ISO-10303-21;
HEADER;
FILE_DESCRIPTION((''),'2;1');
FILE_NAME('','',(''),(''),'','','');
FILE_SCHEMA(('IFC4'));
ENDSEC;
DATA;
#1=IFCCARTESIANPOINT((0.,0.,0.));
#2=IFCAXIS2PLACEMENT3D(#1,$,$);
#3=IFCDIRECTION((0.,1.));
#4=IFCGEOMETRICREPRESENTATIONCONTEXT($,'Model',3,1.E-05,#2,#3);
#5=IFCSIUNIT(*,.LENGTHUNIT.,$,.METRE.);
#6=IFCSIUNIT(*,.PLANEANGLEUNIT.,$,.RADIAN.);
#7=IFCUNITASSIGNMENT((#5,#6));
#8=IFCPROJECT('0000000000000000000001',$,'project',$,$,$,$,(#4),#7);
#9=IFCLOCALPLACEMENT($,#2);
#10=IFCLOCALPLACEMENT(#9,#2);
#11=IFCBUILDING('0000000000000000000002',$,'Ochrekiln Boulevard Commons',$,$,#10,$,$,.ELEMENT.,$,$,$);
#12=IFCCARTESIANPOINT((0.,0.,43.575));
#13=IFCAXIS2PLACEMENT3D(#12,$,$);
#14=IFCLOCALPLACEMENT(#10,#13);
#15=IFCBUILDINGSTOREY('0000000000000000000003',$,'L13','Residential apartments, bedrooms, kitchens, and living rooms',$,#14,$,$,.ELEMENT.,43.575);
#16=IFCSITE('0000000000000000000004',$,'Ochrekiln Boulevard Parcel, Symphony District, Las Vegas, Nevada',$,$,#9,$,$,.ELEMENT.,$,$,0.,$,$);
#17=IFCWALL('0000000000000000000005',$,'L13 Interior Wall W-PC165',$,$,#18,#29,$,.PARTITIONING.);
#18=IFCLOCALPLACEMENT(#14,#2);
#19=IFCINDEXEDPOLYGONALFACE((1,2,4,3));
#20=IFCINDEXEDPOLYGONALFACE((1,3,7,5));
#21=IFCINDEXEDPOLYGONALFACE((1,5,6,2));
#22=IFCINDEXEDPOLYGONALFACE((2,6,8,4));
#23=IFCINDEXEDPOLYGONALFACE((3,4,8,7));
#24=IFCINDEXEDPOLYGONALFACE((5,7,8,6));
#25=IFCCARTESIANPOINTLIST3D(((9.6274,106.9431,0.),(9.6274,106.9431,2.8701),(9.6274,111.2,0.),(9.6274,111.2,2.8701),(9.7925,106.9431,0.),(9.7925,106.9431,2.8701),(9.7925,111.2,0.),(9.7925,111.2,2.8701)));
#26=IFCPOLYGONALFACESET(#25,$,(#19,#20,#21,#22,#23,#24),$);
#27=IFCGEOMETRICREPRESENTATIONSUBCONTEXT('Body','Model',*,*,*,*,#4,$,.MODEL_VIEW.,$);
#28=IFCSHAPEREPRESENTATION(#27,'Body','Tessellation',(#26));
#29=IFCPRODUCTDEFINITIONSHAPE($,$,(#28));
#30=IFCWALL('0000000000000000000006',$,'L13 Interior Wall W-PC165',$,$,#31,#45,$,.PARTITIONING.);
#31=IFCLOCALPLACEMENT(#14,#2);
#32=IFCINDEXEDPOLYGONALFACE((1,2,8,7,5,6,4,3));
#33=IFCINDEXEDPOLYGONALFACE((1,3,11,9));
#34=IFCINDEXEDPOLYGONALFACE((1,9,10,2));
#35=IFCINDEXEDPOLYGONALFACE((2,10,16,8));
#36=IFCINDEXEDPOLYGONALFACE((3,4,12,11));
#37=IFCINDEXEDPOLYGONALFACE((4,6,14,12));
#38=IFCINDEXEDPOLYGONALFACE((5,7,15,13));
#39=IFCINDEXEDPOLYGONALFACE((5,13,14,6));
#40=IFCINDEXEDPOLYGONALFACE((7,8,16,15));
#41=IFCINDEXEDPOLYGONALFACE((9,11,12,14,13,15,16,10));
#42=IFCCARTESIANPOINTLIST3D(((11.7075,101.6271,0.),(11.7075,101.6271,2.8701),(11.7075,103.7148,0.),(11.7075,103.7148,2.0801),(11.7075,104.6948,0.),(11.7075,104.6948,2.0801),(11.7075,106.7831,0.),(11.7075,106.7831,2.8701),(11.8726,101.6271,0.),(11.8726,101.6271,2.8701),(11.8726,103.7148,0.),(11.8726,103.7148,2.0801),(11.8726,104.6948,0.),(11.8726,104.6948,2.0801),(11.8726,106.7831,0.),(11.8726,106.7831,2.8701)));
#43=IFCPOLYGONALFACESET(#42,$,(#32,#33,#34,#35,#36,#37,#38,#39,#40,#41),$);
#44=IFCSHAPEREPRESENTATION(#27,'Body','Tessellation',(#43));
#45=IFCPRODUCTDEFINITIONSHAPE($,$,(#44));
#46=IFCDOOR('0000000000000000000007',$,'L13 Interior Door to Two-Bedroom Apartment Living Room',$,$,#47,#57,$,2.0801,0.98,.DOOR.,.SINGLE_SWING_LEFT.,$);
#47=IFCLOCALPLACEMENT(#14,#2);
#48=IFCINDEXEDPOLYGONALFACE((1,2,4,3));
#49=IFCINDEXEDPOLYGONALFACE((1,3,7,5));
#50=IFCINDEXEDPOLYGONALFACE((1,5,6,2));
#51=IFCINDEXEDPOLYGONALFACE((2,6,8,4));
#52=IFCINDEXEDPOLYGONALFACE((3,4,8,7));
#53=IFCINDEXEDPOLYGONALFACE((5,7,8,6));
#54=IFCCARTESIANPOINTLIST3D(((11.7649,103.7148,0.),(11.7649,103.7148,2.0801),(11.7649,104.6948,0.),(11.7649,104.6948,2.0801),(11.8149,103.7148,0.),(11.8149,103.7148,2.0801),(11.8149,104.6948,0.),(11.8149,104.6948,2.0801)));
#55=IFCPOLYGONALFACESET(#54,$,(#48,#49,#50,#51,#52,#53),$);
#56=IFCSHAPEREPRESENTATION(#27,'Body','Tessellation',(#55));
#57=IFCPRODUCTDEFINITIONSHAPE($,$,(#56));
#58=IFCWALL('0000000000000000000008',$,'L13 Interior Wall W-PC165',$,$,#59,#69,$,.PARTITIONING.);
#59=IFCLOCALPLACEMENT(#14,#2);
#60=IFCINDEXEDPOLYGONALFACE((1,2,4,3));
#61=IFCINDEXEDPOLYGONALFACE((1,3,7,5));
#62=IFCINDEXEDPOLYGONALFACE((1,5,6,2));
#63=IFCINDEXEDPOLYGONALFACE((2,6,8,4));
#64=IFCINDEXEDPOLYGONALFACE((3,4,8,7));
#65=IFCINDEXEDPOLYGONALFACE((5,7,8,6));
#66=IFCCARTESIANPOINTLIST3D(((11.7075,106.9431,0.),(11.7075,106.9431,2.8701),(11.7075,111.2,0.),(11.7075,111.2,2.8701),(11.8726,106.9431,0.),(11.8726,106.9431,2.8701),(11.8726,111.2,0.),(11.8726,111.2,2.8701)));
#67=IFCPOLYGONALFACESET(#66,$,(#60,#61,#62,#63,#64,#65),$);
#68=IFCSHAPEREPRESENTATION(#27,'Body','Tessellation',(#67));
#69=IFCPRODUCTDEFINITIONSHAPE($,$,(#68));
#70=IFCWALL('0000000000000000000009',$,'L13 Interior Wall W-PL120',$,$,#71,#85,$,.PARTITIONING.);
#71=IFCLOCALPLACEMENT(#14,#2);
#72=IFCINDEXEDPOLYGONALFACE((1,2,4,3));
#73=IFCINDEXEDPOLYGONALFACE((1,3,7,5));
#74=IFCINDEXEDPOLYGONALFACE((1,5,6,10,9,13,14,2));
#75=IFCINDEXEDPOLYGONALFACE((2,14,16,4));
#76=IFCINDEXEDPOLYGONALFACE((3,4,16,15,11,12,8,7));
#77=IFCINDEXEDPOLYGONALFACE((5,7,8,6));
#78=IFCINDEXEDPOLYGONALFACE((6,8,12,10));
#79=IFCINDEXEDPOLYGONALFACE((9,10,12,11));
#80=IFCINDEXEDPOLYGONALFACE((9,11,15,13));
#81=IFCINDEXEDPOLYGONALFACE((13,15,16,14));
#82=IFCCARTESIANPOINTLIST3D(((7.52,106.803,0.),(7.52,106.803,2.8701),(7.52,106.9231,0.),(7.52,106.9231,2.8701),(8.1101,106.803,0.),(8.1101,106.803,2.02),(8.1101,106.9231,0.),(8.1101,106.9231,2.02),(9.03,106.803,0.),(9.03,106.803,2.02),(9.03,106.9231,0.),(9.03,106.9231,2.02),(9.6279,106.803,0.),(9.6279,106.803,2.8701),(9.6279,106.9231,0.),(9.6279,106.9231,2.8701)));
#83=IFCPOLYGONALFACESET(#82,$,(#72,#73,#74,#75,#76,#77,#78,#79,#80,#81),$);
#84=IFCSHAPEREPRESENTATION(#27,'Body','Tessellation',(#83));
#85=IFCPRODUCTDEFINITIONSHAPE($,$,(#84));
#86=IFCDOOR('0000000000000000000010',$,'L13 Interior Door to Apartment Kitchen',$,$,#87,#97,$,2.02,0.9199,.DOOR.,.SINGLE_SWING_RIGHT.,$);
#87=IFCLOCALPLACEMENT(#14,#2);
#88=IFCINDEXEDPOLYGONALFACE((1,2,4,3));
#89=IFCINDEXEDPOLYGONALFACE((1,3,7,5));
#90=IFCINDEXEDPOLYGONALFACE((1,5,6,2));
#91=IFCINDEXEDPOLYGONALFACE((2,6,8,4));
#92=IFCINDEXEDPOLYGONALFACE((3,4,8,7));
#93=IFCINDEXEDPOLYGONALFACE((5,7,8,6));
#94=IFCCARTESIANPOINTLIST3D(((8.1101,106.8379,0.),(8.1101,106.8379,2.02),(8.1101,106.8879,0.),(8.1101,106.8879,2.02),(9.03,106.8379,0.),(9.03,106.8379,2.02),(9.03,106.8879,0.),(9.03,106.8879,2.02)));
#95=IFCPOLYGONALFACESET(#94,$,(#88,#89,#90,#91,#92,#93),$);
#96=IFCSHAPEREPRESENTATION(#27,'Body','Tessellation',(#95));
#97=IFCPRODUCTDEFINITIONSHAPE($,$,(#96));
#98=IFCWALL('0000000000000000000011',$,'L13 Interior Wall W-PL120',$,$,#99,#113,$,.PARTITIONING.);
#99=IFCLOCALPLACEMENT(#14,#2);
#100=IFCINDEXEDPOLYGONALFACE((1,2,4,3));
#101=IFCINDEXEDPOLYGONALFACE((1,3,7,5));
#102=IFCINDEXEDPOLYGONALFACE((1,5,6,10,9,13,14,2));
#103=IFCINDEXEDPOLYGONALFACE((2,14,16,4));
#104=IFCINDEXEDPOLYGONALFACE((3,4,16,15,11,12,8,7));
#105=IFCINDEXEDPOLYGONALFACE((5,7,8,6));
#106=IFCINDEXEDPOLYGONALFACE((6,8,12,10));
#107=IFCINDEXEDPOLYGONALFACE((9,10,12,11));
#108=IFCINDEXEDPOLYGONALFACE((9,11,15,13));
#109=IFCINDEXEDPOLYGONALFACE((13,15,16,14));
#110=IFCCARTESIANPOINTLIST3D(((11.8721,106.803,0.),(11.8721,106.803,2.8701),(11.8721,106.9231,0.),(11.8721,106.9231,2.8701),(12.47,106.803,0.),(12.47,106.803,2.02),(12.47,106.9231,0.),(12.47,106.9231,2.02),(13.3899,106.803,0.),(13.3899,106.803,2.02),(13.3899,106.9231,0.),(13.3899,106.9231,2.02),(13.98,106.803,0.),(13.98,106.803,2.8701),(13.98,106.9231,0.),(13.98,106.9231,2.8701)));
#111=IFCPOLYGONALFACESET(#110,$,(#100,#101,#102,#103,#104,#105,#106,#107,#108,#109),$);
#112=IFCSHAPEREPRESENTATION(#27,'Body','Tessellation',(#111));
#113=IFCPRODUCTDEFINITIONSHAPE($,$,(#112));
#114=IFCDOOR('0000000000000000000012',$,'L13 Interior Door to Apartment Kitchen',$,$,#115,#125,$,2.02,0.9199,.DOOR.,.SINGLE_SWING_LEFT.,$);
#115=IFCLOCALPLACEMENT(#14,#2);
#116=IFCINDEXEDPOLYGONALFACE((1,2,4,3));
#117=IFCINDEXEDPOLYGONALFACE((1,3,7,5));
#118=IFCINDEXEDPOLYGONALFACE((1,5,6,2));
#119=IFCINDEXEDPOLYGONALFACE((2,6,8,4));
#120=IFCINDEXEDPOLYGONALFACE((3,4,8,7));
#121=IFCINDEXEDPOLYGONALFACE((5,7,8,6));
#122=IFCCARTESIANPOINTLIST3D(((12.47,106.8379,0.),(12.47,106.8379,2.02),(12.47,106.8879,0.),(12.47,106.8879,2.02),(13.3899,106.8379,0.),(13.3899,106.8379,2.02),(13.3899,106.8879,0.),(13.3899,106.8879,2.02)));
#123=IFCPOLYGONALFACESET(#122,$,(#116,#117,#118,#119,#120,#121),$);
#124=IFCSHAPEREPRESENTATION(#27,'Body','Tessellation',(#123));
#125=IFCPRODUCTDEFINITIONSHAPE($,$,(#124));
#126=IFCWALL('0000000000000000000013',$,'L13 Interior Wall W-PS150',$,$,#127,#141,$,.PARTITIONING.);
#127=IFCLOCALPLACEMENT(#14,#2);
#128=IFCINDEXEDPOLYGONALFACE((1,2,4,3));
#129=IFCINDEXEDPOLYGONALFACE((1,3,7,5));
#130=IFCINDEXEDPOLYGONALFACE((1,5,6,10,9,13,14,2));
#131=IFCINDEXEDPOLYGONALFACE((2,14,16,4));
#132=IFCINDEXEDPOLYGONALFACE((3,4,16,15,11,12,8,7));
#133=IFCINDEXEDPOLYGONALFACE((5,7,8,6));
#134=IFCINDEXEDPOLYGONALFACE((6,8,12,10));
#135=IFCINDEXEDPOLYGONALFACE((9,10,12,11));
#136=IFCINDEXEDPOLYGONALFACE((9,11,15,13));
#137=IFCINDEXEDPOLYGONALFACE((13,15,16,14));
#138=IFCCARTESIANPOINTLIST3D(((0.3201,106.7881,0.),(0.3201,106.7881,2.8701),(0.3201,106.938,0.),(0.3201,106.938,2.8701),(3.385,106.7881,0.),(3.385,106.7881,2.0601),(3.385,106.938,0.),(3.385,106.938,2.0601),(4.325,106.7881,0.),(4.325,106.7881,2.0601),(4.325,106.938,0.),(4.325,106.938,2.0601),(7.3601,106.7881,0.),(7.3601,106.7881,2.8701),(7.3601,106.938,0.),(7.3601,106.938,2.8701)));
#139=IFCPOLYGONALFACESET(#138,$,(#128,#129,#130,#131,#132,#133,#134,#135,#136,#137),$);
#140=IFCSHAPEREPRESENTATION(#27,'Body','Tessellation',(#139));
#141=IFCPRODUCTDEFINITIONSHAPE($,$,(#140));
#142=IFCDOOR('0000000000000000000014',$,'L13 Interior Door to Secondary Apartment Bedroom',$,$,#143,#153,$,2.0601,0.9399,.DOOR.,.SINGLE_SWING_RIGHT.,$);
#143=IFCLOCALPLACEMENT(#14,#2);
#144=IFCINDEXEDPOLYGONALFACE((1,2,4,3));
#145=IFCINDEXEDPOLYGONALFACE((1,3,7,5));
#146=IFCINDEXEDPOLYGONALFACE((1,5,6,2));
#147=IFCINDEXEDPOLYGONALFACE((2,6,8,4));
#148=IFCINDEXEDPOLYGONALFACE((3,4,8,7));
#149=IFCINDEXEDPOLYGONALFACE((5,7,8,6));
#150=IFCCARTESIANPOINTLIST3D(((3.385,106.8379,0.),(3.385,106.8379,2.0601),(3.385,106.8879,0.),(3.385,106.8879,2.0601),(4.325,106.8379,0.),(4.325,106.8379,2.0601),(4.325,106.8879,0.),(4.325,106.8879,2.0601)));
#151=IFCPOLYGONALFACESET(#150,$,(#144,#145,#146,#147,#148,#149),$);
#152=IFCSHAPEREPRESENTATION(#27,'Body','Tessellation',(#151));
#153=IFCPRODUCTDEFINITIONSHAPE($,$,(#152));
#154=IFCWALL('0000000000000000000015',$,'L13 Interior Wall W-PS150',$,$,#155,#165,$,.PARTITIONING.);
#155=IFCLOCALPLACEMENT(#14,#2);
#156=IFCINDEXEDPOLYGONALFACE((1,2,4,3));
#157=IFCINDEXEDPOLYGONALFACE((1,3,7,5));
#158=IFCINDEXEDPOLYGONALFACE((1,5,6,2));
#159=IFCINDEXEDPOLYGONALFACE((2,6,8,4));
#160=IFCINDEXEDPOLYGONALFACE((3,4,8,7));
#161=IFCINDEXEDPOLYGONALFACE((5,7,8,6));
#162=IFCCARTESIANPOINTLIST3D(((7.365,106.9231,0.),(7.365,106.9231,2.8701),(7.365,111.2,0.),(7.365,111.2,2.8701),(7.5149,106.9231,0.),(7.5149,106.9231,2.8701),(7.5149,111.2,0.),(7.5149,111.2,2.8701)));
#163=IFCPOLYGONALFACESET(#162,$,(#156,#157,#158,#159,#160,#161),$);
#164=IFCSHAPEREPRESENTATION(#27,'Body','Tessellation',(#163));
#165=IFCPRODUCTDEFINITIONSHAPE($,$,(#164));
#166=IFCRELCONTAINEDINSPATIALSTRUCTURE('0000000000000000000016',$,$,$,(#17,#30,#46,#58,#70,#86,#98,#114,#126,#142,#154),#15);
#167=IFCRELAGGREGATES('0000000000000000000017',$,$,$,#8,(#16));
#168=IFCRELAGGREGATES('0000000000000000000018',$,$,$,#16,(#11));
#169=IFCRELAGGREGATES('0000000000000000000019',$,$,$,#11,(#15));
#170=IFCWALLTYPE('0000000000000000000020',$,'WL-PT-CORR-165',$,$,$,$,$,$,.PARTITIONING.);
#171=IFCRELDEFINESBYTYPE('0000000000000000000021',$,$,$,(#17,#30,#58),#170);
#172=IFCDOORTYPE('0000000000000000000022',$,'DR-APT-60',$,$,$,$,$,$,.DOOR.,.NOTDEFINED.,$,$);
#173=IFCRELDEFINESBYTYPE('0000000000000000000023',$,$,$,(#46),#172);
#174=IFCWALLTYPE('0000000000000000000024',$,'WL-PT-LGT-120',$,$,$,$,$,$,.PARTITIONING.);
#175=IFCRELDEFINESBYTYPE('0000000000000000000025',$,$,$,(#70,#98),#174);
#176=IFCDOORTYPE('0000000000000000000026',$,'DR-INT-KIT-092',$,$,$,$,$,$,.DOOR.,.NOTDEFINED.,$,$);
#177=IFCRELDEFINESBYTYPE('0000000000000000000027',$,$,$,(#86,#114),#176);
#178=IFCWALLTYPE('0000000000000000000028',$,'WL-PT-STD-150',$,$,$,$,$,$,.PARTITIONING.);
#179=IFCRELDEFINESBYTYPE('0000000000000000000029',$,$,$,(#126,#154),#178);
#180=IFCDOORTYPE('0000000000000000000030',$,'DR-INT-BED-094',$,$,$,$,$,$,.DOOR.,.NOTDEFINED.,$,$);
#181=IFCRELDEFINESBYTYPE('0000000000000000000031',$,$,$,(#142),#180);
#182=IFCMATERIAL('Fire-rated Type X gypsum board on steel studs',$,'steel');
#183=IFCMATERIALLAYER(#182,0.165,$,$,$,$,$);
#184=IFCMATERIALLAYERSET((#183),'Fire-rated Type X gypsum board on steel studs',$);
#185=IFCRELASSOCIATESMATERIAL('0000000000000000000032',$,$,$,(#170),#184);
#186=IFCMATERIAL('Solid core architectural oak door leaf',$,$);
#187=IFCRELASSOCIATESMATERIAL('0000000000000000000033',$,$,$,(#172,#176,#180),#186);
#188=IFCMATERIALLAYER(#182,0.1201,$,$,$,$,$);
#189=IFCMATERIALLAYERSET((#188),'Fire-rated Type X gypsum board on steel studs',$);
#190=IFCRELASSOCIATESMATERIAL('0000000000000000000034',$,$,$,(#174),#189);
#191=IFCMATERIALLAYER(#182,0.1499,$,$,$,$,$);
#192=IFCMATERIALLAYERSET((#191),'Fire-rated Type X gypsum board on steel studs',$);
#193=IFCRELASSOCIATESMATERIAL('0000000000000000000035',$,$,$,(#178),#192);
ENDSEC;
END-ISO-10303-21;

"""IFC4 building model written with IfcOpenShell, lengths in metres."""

from ifc_helpers import new_model, si_unit, direction, frame, frame_2d, origin, place, context, subcontext, project, spatial, rectangle, extrude, material, layer, layer_set, type_object, element, fill, save


model = new_model("IFC4")

# Units and contexts
model_context = context("Model", 3, precision=1e-05, world=origin(), true_north=direction((0.0, 1.0)))
body_context = subcontext(model_context, "Body", "Model", "MODEL_VIEW")
ifc_project = project(units=[si_unit("LENGTHUNIT", "METRE"), si_unit("PLANEANGLEUNIT", "RADIAN")], contexts=[model_context])

# Site, building, storey
site_placement = place(None, origin())
site = spatial("IfcSite", under=ifc_project, at=site_placement, Name="Ochrekiln Boulevard Parcel, Symphony District, Las Vegas, Nevada", CompositionType="ELEMENT", RefElevation=0.0)
building_placement = place(site_placement, origin())
building = spatial("IfcBuilding", under=site, at=building_placement, Name="Ochrekiln Boulevard Commons", CompositionType="ELEMENT")
storey_placement = place(building_placement, frame((0.0, 0.0, 43.575)))
storey = spatial("IfcBuildingStorey", under=building, at=storey_placement, Name="L13", Description="Residential apartments, bedrooms, kitchens, and living rooms", CompositionType="ELEMENT", Elevation=43.575)

# Shared definitions
ifc_material_1 = material(Name="Solid core architectural oak door leaf")
ifc_material_2 = material(Name="Fire-rated Type X gypsum board on steel studs", Category="steel")
ifc_layer_1 = layer(ifc_material_2, 0.165)
ifc_layer_set_1 = layer_set([ifc_layer_1], Name="Fire-rated Type X gypsum board on steel studs")
wall_type_1 = type_object("IfcWallType", Name="WL-PT-CORR-165", PredefinedType="PARTITIONING", material=ifc_layer_set_1)
door_type_1 = type_object("IfcDoorType", Name="DR-APT-60", OperationType="NOTDEFINED", PredefinedType="DOOR", material=ifc_material_1)

# Wall
wall_1_placement = place(storey_placement, frame((9.71, 106.9431, 0.0), z_axis=(0.0, 0.0, 1.0), x_axis=(0.0, 1.0, 0.0)))
element("IfcWall", 1, at=wall_1_placement, inside=storey, type_object=wall_type_1, Name="L13 Interior Wall W-PC165", PredefinedType="PARTITIONING", context=body_context, shape_type="SweptSolid", body=[
    extrude(rectangle(XDim=4.2568, YDim=0.165, at=frame_2d((2.1284, 0.0))), origin(), (0.0, 0.0, 1.0), 2.8701),
])

# Wall, opening, door
wall_2_placement = place(storey_placement, frame((11.79, 101.627, 0.0), z_axis=(0.0, 0.0, 1.0), x_axis=(0.0, 1.0, 0.0)))
wall_2 = element("IfcWall", 2, at=wall_2_placement, inside=storey, type_object=wall_type_1, Name="L13 Interior Wall W-PC165", PredefinedType="PARTITIONING", context=body_context, shape_type="SweptSolid", body=[
    extrude(rectangle(XDim=5.156, YDim=0.165, at=frame_2d((2.5781, 0.0))), origin(), (0.0, 0.0, 1.0), 2.8701),
])
opening_1_placement = place(wall_2_placement, frame((2.0879, 0.0, 0.0)))
opening_1 = element("IfcOpeningElement", 3, at=opening_1_placement, cuts=wall_2, PredefinedType="OPENING", context=body_context, shape_type="SweptSolid", body=[
    extrude(rectangle(XDim=0.98, YDim=2.0801, at=frame_2d((0.49, 1.04))), frame((0.0, 0.0925, 0.0), z_axis=(0.0, -1.0, 0.0), x_axis=(1.0, 0.0, 0.0)), (0.0, 0.0, 1.0), 0.1851),
])
door_1_placement = place(opening_1_placement, frame((0.98, 0.0, 0.0), z_axis=(0.0, 0.0, 1.0), x_axis=(-1.0, 0.0, 0.0)))
door_1 = element("IfcDoor", 4, at=door_1_placement, inside=storey, type_object=door_type_1, Name="L13 Interior Door to Two-Bedroom Apartment Living Room", OperationType="SINGLE_SWING_LEFT", OverallHeight=2.0801, OverallWidth=0.98, PredefinedType="DOOR", context=body_context, shape_type="SweptSolid", body=[
    extrude(rectangle(XDim=0.98, YDim=2.0801, at=frame_2d((0.49, 1.04))), frame((0.0, 0.0249, 0.0), z_axis=(0.0, -1.0, 0.0), x_axis=(1.0, 0.0, 0.0)), (0.0, 0.0, 1.0), 0.05),
])
fill(opening_1, door_1)

# Wall
wall_3_placement = place(storey_placement, frame((11.79, 106.9431, 0.0), z_axis=(0.0, 0.0, 1.0), x_axis=(0.0, 1.0, 0.0)))
element("IfcWall", 5, at=wall_3_placement, inside=storey, type_object=wall_type_1, Name="L13 Interior Wall W-PC165", PredefinedType="PARTITIONING", context=body_context, shape_type="SweptSolid", body=[
    extrude(rectangle(XDim=4.2568, YDim=0.165, at=frame_2d((2.1284, 0.0))), origin(), (0.0, 0.0, 1.0), 2.8701),
])

# Walls, openings, doors
ifc_layer_2 = layer(ifc_material_2, 0.1201)
ifc_layer_set_2 = layer_set([ifc_layer_2], Name="Fire-rated Type X gypsum board on steel studs")
wall_type_2 = type_object("IfcWallType", Name="WL-PT-LGT-120", PredefinedType="PARTITIONING", material=ifc_layer_set_2)
wall_4_placement = place(storey_placement, frame((7.52, 106.863, 0.0), z_axis=(0.0, 0.0, 1.0), x_axis=(1.0, 0.0, 0.0)))
wall_4 = element("IfcWall", 6, at=wall_4_placement, inside=storey, type_object=wall_type_2, Name="L13 Interior Wall W-PL120", PredefinedType="PARTITIONING", context=body_context, shape_type="SweptSolid", body=[
    extrude(rectangle(XDim=2.1079, YDim=0.1201, at=frame_2d((1.054, 0.0))), origin(), (0.0, 0.0, 1.0), 2.8701),
])
opening_2_placement = place(wall_4_placement, frame((0.5901, 0.0, 0.0)))
opening_2 = element("IfcOpeningElement", 7, at=opening_2_placement, cuts=wall_4, PredefinedType="OPENING", context=body_context, shape_type="SweptSolid", body=[
    extrude(rectangle(XDim=0.9199, YDim=2.02, at=frame_2d((0.46, 1.01))), frame((0.0, 0.0701, 0.0), z_axis=(0.0, -1.0, 0.0), x_axis=(1.0, 0.0, 0.0)), (0.0, 0.0, 1.0), 0.1401),
])
door_type_2 = type_object("IfcDoorType", Name="DR-INT-KIT-092", OperationType="NOTDEFINED", PredefinedType="DOOR", material=ifc_material_1)
door_2_placement = place(opening_2_placement, origin())
door_2 = element("IfcDoor", 8, at=door_2_placement, inside=storey, type_object=door_type_2, Name="L13 Interior Door to Apartment Kitchen", OperationType="SINGLE_SWING_RIGHT", OverallHeight=2.02, OverallWidth=0.9199, PredefinedType="DOOR", context=body_context, shape_type="SweptSolid", body=[
    extrude(rectangle(XDim=0.9199, YDim=2.02, at=frame_2d((0.46, 1.01))), frame((0.0, 0.0249, 0.0), z_axis=(0.0, -1.0, 0.0), x_axis=(1.0, 0.0, 0.0)), (0.0, 0.0, 1.0), 0.05),
])
fill(opening_2, door_2)
wall_5_placement = place(storey_placement, frame((11.8721, 106.863, 0.0), z_axis=(0.0, 0.0, 1.0), x_axis=(1.0, 0.0, 0.0)))
wall_5 = element("IfcWall", 9, at=wall_5_placement, inside=storey, type_object=wall_type_2, Name="L13 Interior Wall W-PL120", PredefinedType="PARTITIONING", context=body_context, shape_type="SweptSolid", body=[
    extrude(rectangle(XDim=2.1079, YDim=0.1201, at=frame_2d((1.054, 0.0))), origin(), (0.0, 0.0, 1.0), 2.8701),
])
opening_3_placement = place(wall_5_placement, frame((0.5979, 0.0, 0.0)))
opening_3 = element("IfcOpeningElement", 10, at=opening_3_placement, cuts=wall_5, PredefinedType="OPENING", context=body_context, shape_type="SweptSolid", body=[
    extrude(rectangle(XDim=0.9199, YDim=2.02, at=frame_2d((0.46, 1.01))), frame((0.0, 0.0701, 0.0), z_axis=(0.0, -1.0, 0.0), x_axis=(1.0, 0.0, 0.0)), (0.0, 0.0, 1.0), 0.1401),
])
door_3_placement = place(opening_3_placement, origin())
door_3 = element("IfcDoor", 11, at=door_3_placement, inside=storey, type_object=door_type_2, Name="L13 Interior Door to Apartment Kitchen", OperationType="SINGLE_SWING_LEFT", OverallHeight=2.02, OverallWidth=0.9199, PredefinedType="DOOR", context=body_context, shape_type="SweptSolid", body=[
    extrude(rectangle(XDim=0.9199, YDim=2.02, at=frame_2d((0.46, 1.01))), frame((0.0, 0.0249, 0.0), z_axis=(0.0, -1.0, 0.0), x_axis=(1.0, 0.0, 0.0)), (0.0, 0.0, 1.0), 0.05),
])
fill(opening_3, door_3)
ifc_layer_3 = layer(ifc_material_2, 0.1499)
ifc_layer_set_3 = layer_set([ifc_layer_3], Name="Fire-rated Type X gypsum board on steel studs")
wall_type_3 = type_object("IfcWallType", Name="WL-PT-STD-150", PredefinedType="PARTITIONING", material=ifc_layer_set_3)
wall_6_placement = place(storey_placement, frame((0.3201, 106.863, 0.0), z_axis=(0.0, 0.0, 1.0), x_axis=(1.0, 0.0, 0.0)))
wall_6 = element("IfcWall", 12, at=wall_6_placement, inside=storey, type_object=wall_type_3, Name="L13 Interior Wall W-PS150", PredefinedType="PARTITIONING", context=body_context, shape_type="SweptSolid", body=[
    extrude(rectangle(XDim=7.04, YDim=0.1499, at=frame_2d((3.52, 0.0))), origin(), (0.0, 0.0, 1.0), 2.8701),
])
opening_4_placement = place(wall_6_placement, frame((3.0649, 0.0, 0.0)))
opening_4 = element("IfcOpeningElement", 13, at=opening_4_placement, cuts=wall_6, PredefinedType="OPENING", context=body_context, shape_type="SweptSolid", body=[
    extrude(rectangle(XDim=0.9399, YDim=2.0601, at=frame_2d((0.47, 1.03))), frame((0.0, 0.085, 0.0), z_axis=(0.0, -1.0, 0.0), x_axis=(1.0, 0.0, 0.0)), (0.0, 0.0, 1.0), 0.1699),
])
door_type_3 = type_object("IfcDoorType", Name="DR-INT-BED-094", OperationType="NOTDEFINED", PredefinedType="DOOR", material=ifc_material_1)
door_4_placement = place(opening_4_placement, origin())
door_4 = element("IfcDoor", 14, at=door_4_placement, inside=storey, type_object=door_type_3, Name="L13 Interior Door to Secondary Apartment Bedroom", OperationType="SINGLE_SWING_RIGHT", OverallHeight=2.0601, OverallWidth=0.9399, PredefinedType="DOOR", context=body_context, shape_type="SweptSolid", body=[
    extrude(rectangle(XDim=0.9399, YDim=2.0601, at=frame_2d((0.47, 1.03))), frame((0.0, 0.0249, 0.0), z_axis=(0.0, -1.0, 0.0), x_axis=(1.0, 0.0, 0.0)), (0.0, 0.0, 1.0), 0.05),
])
fill(opening_4, door_4)

# Wall
wall_7_placement = place(storey_placement, frame((7.4399, 106.9231, 0.0), z_axis=(0.0, 0.0, 1.0), x_axis=(0.0, 1.0, 0.0)))
element("IfcWall", 15, at=wall_7_placement, inside=storey, type_object=wall_type_3, Name="L13 Interior Wall W-PS150", PredefinedType="PARTITIONING", context=body_context, shape_type="SweptSolid", body=[
    extrude(rectangle(XDim=4.2769, YDim=0.1499, at=frame_2d((2.1384, 0.0))), origin(), (0.0, 0.0, 1.0), 2.8701),
])

save(model, "model.ifc")
